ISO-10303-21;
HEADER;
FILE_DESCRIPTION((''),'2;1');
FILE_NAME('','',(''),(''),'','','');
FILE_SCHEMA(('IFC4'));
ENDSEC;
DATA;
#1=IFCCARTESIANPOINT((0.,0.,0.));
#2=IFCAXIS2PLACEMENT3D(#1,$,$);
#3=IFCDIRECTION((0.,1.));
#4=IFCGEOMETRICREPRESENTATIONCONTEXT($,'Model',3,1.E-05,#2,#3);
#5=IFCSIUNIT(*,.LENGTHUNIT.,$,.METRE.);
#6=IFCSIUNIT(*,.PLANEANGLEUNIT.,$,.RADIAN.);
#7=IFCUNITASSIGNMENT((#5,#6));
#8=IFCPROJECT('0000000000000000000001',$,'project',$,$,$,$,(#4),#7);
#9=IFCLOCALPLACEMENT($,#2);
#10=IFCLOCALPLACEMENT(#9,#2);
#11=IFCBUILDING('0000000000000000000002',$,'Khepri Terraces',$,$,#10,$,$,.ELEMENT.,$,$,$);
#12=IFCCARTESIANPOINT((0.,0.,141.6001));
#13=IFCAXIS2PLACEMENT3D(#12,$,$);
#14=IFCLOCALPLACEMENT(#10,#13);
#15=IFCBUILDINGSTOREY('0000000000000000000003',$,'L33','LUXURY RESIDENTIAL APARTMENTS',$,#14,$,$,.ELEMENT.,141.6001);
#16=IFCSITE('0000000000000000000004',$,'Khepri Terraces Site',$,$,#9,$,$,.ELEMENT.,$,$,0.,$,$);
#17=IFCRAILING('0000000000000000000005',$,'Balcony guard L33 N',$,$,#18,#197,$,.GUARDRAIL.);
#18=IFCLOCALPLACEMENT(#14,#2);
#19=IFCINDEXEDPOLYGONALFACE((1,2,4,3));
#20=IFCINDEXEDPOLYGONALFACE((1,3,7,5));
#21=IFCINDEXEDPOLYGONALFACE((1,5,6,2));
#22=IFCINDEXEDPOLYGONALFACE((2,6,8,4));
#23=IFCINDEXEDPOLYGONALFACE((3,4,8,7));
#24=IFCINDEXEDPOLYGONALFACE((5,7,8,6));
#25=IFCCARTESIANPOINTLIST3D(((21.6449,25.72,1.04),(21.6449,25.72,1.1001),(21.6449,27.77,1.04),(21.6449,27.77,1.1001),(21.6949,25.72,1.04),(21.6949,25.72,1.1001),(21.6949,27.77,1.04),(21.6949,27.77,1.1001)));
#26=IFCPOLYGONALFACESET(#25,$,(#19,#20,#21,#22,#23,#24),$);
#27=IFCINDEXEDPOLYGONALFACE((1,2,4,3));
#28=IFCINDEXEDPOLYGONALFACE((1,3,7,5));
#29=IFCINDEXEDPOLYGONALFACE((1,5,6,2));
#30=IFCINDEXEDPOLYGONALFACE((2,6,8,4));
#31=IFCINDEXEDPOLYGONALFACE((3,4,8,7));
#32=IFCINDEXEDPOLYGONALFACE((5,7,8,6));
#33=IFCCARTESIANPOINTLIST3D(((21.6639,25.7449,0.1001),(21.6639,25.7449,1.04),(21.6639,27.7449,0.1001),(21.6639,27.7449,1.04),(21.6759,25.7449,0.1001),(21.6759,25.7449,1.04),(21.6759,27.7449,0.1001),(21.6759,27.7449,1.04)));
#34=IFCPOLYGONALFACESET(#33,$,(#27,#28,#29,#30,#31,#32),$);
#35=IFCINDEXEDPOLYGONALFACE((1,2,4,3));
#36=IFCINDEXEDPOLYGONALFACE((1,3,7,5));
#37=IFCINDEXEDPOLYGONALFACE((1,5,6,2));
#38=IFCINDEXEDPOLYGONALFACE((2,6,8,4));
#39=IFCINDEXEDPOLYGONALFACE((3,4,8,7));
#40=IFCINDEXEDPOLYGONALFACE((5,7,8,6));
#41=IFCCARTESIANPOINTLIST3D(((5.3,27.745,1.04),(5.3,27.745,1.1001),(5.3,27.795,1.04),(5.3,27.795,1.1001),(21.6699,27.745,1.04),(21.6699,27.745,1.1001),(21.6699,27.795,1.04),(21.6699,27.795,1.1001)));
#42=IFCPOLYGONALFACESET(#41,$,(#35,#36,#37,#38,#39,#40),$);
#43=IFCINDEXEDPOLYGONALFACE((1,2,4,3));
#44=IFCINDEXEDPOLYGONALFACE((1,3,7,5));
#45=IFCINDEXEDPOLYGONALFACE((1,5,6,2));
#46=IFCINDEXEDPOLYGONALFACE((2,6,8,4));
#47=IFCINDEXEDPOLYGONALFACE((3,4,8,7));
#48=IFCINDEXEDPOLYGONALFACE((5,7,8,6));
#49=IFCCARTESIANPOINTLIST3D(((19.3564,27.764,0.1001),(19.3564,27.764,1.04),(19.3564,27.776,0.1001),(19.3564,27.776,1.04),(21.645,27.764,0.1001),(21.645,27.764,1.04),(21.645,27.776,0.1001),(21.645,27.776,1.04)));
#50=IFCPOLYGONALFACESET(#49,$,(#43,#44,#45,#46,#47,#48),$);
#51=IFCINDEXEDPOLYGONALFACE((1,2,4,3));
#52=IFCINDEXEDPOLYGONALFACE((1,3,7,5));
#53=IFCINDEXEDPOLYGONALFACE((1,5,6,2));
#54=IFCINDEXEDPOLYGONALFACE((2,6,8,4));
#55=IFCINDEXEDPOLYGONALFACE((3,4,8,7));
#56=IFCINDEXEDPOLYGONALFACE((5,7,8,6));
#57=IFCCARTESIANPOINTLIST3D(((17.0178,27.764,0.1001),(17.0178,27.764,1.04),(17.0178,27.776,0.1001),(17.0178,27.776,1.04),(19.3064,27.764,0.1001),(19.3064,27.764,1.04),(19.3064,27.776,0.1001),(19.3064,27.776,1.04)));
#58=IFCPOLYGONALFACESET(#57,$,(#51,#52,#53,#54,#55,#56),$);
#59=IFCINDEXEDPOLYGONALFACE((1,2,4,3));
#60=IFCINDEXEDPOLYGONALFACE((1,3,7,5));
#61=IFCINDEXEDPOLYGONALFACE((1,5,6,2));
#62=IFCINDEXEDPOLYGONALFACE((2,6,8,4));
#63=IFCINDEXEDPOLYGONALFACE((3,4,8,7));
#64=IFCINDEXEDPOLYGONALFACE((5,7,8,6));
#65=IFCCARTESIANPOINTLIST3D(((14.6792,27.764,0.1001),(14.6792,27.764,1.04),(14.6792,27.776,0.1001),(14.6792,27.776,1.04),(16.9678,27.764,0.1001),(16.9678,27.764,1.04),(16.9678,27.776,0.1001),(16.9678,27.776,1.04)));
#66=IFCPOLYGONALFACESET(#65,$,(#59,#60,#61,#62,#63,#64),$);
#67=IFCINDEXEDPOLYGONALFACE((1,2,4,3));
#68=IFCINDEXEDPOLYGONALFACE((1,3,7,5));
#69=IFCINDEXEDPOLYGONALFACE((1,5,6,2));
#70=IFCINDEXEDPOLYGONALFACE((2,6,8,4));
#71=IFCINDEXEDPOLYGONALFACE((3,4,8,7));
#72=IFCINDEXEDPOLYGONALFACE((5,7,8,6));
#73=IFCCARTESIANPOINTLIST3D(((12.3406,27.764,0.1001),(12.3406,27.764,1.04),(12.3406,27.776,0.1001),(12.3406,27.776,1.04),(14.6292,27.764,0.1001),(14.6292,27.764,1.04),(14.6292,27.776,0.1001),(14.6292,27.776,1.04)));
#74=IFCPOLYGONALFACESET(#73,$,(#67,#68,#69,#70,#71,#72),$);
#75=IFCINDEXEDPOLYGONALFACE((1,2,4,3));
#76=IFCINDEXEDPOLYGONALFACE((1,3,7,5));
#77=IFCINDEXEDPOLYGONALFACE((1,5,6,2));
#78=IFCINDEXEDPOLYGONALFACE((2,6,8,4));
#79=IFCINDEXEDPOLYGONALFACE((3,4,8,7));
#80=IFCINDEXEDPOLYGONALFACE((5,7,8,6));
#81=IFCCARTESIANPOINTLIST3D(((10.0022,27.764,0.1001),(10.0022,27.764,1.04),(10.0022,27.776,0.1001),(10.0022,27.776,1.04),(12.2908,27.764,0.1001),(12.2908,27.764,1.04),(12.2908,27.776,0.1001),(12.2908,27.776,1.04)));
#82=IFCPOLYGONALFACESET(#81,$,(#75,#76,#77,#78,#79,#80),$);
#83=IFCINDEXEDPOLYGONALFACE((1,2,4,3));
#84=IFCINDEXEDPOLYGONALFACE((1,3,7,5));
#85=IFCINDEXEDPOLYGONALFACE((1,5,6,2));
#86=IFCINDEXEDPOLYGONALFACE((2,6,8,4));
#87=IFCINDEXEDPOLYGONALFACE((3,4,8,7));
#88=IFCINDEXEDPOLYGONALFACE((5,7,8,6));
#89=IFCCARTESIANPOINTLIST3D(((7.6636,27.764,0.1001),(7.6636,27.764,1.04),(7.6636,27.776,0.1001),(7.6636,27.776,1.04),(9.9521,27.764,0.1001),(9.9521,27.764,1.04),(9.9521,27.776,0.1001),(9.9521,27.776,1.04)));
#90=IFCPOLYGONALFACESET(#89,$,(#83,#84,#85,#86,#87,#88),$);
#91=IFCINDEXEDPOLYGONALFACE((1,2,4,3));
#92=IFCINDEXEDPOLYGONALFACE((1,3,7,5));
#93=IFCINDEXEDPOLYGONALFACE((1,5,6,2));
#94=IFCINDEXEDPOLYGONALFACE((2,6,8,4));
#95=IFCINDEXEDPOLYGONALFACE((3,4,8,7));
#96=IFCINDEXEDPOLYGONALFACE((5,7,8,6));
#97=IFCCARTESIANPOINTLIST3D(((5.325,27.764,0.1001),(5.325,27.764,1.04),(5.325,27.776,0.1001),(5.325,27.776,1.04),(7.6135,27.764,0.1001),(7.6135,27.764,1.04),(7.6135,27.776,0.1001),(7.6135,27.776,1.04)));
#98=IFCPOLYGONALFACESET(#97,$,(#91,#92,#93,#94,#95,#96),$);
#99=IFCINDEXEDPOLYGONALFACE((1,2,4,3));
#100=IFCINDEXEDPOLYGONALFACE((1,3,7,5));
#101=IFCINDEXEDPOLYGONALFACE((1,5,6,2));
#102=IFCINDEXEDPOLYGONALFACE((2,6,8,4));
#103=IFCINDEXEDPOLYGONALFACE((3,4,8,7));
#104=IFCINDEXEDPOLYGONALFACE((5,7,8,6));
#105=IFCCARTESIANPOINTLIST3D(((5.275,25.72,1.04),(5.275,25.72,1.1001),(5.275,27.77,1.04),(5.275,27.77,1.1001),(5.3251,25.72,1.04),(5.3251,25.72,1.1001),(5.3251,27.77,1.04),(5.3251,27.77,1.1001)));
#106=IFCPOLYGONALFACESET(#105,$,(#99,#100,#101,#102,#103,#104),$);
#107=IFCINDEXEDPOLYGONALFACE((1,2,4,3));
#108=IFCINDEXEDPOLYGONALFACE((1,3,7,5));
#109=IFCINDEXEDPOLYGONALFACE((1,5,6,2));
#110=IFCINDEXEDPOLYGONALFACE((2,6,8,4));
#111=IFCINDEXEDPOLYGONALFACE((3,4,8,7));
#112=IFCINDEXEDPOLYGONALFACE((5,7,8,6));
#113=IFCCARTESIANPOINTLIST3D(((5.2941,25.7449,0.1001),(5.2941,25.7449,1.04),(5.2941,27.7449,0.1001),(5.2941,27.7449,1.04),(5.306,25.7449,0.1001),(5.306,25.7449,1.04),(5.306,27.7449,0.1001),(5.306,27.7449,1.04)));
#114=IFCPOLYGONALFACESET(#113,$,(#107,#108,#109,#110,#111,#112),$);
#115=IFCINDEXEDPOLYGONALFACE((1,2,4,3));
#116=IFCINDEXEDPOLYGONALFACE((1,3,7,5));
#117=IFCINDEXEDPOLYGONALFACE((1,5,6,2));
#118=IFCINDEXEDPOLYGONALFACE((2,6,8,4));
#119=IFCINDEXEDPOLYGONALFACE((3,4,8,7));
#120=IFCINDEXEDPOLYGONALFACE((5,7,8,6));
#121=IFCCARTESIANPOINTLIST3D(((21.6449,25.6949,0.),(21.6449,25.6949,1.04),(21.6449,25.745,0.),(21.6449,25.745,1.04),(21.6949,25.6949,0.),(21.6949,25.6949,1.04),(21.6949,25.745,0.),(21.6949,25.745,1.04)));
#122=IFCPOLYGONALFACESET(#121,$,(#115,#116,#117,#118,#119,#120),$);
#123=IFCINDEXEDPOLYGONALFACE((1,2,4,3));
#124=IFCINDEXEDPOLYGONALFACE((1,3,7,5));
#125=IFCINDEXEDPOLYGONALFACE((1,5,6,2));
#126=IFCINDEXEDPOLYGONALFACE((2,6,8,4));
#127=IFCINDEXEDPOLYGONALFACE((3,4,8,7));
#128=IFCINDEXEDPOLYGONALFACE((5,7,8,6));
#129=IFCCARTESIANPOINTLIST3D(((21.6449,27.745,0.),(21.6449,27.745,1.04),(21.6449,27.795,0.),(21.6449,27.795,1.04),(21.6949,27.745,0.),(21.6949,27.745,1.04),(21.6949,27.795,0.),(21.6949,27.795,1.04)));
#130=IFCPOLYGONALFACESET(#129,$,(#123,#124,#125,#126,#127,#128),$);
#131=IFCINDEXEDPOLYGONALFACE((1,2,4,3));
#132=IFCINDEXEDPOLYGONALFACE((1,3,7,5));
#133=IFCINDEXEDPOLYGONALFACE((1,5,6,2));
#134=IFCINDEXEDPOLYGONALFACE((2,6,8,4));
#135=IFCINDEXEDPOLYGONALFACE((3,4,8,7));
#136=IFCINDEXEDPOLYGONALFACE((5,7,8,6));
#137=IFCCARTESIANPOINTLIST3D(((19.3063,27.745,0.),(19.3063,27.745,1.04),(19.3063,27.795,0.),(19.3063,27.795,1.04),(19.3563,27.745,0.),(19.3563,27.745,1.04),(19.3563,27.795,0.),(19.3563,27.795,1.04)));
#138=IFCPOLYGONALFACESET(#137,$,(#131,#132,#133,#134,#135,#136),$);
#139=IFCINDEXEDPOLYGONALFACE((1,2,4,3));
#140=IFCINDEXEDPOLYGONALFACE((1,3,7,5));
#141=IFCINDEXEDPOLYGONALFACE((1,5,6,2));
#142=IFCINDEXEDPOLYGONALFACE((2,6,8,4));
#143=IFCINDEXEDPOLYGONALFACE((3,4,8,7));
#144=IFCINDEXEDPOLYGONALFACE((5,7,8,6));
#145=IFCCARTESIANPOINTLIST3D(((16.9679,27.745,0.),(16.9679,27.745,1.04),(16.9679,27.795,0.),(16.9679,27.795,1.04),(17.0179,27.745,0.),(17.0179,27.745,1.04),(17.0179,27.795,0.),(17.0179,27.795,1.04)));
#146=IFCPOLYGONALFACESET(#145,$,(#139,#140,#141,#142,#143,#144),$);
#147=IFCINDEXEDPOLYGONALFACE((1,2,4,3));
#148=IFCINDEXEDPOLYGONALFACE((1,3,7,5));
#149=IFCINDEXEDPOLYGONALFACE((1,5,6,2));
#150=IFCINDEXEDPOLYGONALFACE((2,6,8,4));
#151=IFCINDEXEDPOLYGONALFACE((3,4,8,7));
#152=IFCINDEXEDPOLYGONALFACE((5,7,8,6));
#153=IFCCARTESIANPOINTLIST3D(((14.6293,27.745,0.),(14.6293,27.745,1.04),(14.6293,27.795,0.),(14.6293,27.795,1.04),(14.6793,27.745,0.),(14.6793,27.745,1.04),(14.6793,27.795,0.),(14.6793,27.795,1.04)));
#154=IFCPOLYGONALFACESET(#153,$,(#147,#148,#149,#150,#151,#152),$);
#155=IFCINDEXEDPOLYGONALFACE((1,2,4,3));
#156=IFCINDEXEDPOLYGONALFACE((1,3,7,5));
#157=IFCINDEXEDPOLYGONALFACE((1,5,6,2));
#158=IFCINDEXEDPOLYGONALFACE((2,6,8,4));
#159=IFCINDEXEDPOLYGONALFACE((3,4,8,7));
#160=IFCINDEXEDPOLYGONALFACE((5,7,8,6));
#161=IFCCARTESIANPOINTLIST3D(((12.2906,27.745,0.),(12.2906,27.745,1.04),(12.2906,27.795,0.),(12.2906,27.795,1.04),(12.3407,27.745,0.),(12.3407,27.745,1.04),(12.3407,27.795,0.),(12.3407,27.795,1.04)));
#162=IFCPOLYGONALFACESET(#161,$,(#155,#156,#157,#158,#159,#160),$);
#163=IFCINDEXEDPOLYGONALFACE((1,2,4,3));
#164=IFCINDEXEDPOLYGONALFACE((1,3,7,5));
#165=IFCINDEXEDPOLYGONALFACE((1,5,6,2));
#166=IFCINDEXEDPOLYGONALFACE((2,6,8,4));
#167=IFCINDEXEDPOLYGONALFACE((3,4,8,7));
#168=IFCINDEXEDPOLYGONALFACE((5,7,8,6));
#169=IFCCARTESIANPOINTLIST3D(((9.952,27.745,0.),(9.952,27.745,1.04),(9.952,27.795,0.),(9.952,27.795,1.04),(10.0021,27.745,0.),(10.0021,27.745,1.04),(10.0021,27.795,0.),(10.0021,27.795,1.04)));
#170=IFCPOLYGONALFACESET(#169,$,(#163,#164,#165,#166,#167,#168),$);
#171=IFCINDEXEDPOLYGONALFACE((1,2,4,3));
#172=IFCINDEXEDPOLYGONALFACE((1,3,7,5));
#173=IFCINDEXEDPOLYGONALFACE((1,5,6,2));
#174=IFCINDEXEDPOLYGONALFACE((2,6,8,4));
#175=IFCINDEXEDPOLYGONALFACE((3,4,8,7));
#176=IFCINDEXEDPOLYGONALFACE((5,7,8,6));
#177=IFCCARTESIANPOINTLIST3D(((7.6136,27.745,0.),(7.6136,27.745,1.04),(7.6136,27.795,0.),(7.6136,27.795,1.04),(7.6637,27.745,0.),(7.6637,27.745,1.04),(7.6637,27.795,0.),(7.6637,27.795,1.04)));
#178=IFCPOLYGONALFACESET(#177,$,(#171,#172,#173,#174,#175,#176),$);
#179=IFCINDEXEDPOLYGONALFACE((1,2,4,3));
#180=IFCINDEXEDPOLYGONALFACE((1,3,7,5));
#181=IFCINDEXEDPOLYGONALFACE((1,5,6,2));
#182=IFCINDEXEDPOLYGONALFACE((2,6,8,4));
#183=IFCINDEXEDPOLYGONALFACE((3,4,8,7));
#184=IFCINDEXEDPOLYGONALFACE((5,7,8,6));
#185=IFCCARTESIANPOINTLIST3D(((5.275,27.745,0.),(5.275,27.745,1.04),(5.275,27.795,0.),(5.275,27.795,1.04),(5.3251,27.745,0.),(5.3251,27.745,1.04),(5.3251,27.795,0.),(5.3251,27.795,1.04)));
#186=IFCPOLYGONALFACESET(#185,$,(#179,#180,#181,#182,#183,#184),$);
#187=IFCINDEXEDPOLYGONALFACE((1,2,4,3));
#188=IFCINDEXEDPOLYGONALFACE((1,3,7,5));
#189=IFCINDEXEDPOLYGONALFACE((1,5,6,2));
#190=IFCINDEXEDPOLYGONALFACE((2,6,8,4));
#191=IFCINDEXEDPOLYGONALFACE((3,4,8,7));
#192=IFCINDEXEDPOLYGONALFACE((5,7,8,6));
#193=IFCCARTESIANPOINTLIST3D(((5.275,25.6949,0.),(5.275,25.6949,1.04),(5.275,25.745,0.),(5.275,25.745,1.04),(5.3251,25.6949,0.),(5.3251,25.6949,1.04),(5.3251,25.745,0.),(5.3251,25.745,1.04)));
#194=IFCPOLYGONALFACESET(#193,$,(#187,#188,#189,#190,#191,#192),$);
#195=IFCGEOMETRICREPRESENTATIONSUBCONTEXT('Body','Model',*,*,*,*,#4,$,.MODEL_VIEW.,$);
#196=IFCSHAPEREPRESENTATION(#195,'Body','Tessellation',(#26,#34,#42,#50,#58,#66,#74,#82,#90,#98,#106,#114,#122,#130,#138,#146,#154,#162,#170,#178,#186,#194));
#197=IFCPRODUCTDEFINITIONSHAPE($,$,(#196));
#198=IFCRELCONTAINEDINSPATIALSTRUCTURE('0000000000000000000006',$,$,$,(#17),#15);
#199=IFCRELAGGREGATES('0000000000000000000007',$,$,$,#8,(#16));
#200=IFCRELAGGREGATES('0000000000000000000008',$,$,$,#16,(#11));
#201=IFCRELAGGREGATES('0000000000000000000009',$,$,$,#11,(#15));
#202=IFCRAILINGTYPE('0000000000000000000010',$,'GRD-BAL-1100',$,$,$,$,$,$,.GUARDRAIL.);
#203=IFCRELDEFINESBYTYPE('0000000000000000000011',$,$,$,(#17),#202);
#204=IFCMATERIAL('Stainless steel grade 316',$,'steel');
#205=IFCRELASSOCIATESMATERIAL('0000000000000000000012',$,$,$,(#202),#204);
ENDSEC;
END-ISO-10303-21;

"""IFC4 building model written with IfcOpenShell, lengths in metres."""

from ifc_helpers import new_model, si_unit, direction, frame, origin, origin_2d, place, context, subcontext, project, spatial, rectangle, extrude, material, type_object, element, save


model = new_model("IFC4")

# Units and contexts
model_context = context("Model", 3, precision=1e-05, world=origin(), true_north=direction((0.0, 1.0)))
body_context = subcontext(model_context, "Body", "Model", "MODEL_VIEW")
ifc_project = project(units=[si_unit("LENGTHUNIT", "METRE"), si_unit("PLANEANGLEUNIT", "RADIAN")], contexts=[model_context])

# Site, building, storey
site_placement = place(None, origin())
site = spatial("IfcSite", under=ifc_project, at=site_placement, Name="Khepri Terraces Site", CompositionType="ELEMENT", RefElevation=0.0)
building_placement = place(site_placement, origin())
building = spatial("IfcBuilding", under=site, at=building_placement, Name="Khepri Terraces", CompositionType="ELEMENT")
storey_placement = place(building_placement, frame((0.0, 0.0, 141.6001)))
storey = spatial("IfcBuildingStorey", under=building, at=storey_placement, Name="L33", Description="LUXURY RESIDENTIAL APARTMENTS", CompositionType="ELEMENT", Elevation=141.6001)

# Railing
ifc_material_1 = material(Name="Stainless steel grade 316", Category="steel")
railing_type = type_object("IfcRailingType", Name="GRD-BAL-1100", PredefinedType="GUARDRAIL", material=ifc_material_1)
railing_placement = place(storey_placement, frame((21.6699, 25.72, 0.0)))
element("IfcRailing", 1, at=railing_placement, inside=storey, type_object=railing_type, Name="Balcony guard L33 N", PredefinedType="GUARDRAIL", context=body_context, shape_type="SweptSolid", body=[
    extrude(rectangle(XDim=0.05, YDim=0.0601, at=origin_2d()), frame((0.0, 0.0, 1.0701), z_axis=(0.0, 1.0, 0.0), x_axis=(-1.0, 0.0, 0.0)), (0.0, 0.0, 1.0), 2.05),
    extrude(rectangle(XDim=2.0, YDim=0.012, at=origin_2d()), frame((0.0, 1.0249, 0.1001), z_axis=(0.0, 0.0, 1.0), x_axis=(0.0, 1.0, 0.0)), (0.0, 0.0, 1.0), 0.9399),
    extrude(rectangle(XDim=0.05, YDim=0.0601, at=origin_2d()), frame((0.0, 2.05, 1.0701), z_axis=(-1.0, 0.0, 0.0), x_axis=(0.0, -1.0, 0.0)), (0.0, 0.0, 1.0), 16.3699),
    extrude(rectangle(XDim=2.2886, YDim=0.012, at=origin_2d()), frame((-1.1692, 2.05, 0.1001), z_axis=(0.0, 0.0, 1.0), x_axis=(-1.0, 0.0, 0.0)), (0.0, 0.0, 1.0), 0.9399),
    extrude(rectangle(XDim=2.2886, YDim=0.012, at=origin_2d()), frame((-3.5078, 2.05, 0.1001), z_axis=(0.0, 0.0, 1.0), x_axis=(-1.0, 0.0, 0.0)), (0.0, 0.0, 1.0), 0.9399),
    extrude(rectangle(XDim=2.2886, YDim=0.012, at=origin_2d()), frame((-5.8464, 2.05, 0.1001), z_axis=(0.0, 0.0, 1.0), x_axis=(-1.0, 0.0, 0.0)), (0.0, 0.0, 1.0), 0.9399),
    extrude(rectangle(XDim=2.2886, YDim=0.012, at=origin_2d()), frame((-8.1851, 2.05, 0.1001), z_axis=(0.0, 0.0, 1.0), x_axis=(-1.0, 0.0, 0.0)), (0.0, 0.0, 1.0), 0.9399),
    extrude(rectangle(XDim=2.2886, YDim=0.012, at=origin_2d()), frame((-10.5234, 2.05, 0.1001), z_axis=(0.0, 0.0, 1.0), x_axis=(-1.0, 0.0, 0.0)), (0.0, 0.0, 1.0), 0.9399),
    extrude(rectangle(XDim=2.2886, YDim=0.012, at=origin_2d()), frame((-12.8621, 2.05, 0.1001), z_axis=(0.0, 0.0, 1.0), x_axis=(-1.0, 0.0, 0.0)), (0.0, 0.0, 1.0), 0.9399),
    extrude(rectangle(XDim=2.2886, YDim=0.012, at=origin_2d()), frame((-15.2007, 2.05, 0.1001), z_axis=(0.0, 0.0, 1.0), x_axis=(-1.0, 0.0, 0.0)), (0.0, 0.0, 1.0), 0.9399),
    extrude(rectangle(XDim=0.05, YDim=0.0601, at=origin_2d()), frame((-16.3699, 2.05, 1.0701), z_axis=(0.0, -1.0, 0.0), x_axis=(1.0, 0.0, 0.0)), (0.0, 0.0, 1.0), 2.05),
    extrude(rectangle(XDim=2.0, YDim=0.012, at=origin_2d()), frame((-16.3699, 1.0249, 0.1001), z_axis=(0.0, 0.0, 1.0), x_axis=(0.0, -1.0, 0.0)), (0.0, 0.0, 1.0), 0.9399),
    extrude(rectangle(XDim=0.05, YDim=0.05, at=origin_2d()), origin(), (0.0, 0.0, 1.0), 1.04),
    extrude(rectangle(XDim=0.05, YDim=0.05, at=origin_2d()), frame((0.0, 2.05, 0.0)), (0.0, 0.0, 1.0), 1.04),
    extrude(rectangle(XDim=0.05, YDim=0.05, at=origin_2d()), frame((-2.3386, 2.05, 0.0)), (0.0, 0.0, 1.0), 1.04),
    extrude(rectangle(XDim=0.05, YDim=0.05, at=origin_2d()), frame((-4.677, 2.05, 0.0)), (0.0, 0.0, 1.0), 1.04),
    extrude(rectangle(XDim=0.05, YDim=0.05, at=origin_2d()), frame((-7.0156, 2.05, 0.0)), (0.0, 0.0, 1.0), 1.04),
    extrude(rectangle(XDim=0.05, YDim=0.05, at=origin_2d()), frame((-9.3542, 2.05, 0.0)), (0.0, 0.0, 1.0), 1.04),
    extrude(rectangle(XDim=0.05, YDim=0.05, at=origin_2d()), frame((-11.6929, 2.05, 0.0)), (0.0, 0.0, 1.0), 1.04),
    extrude(rectangle(XDim=0.05, YDim=0.05, at=origin_2d()), frame((-14.0312, 2.05, 0.0)), (0.0, 0.0, 1.0), 1.04),
    extrude(rectangle(XDim=0.05, YDim=0.05, at=origin_2d()), frame((-16.3699, 2.05, 0.0)), (0.0, 0.0, 1.0), 1.04),
    extrude(rectangle(XDim=0.05, YDim=0.05, at=origin_2d()), frame((-16.3699, 0.0, 0.0)), (0.0, 0.0, 1.0), 1.04),
])

save(model, "model.ifc")
